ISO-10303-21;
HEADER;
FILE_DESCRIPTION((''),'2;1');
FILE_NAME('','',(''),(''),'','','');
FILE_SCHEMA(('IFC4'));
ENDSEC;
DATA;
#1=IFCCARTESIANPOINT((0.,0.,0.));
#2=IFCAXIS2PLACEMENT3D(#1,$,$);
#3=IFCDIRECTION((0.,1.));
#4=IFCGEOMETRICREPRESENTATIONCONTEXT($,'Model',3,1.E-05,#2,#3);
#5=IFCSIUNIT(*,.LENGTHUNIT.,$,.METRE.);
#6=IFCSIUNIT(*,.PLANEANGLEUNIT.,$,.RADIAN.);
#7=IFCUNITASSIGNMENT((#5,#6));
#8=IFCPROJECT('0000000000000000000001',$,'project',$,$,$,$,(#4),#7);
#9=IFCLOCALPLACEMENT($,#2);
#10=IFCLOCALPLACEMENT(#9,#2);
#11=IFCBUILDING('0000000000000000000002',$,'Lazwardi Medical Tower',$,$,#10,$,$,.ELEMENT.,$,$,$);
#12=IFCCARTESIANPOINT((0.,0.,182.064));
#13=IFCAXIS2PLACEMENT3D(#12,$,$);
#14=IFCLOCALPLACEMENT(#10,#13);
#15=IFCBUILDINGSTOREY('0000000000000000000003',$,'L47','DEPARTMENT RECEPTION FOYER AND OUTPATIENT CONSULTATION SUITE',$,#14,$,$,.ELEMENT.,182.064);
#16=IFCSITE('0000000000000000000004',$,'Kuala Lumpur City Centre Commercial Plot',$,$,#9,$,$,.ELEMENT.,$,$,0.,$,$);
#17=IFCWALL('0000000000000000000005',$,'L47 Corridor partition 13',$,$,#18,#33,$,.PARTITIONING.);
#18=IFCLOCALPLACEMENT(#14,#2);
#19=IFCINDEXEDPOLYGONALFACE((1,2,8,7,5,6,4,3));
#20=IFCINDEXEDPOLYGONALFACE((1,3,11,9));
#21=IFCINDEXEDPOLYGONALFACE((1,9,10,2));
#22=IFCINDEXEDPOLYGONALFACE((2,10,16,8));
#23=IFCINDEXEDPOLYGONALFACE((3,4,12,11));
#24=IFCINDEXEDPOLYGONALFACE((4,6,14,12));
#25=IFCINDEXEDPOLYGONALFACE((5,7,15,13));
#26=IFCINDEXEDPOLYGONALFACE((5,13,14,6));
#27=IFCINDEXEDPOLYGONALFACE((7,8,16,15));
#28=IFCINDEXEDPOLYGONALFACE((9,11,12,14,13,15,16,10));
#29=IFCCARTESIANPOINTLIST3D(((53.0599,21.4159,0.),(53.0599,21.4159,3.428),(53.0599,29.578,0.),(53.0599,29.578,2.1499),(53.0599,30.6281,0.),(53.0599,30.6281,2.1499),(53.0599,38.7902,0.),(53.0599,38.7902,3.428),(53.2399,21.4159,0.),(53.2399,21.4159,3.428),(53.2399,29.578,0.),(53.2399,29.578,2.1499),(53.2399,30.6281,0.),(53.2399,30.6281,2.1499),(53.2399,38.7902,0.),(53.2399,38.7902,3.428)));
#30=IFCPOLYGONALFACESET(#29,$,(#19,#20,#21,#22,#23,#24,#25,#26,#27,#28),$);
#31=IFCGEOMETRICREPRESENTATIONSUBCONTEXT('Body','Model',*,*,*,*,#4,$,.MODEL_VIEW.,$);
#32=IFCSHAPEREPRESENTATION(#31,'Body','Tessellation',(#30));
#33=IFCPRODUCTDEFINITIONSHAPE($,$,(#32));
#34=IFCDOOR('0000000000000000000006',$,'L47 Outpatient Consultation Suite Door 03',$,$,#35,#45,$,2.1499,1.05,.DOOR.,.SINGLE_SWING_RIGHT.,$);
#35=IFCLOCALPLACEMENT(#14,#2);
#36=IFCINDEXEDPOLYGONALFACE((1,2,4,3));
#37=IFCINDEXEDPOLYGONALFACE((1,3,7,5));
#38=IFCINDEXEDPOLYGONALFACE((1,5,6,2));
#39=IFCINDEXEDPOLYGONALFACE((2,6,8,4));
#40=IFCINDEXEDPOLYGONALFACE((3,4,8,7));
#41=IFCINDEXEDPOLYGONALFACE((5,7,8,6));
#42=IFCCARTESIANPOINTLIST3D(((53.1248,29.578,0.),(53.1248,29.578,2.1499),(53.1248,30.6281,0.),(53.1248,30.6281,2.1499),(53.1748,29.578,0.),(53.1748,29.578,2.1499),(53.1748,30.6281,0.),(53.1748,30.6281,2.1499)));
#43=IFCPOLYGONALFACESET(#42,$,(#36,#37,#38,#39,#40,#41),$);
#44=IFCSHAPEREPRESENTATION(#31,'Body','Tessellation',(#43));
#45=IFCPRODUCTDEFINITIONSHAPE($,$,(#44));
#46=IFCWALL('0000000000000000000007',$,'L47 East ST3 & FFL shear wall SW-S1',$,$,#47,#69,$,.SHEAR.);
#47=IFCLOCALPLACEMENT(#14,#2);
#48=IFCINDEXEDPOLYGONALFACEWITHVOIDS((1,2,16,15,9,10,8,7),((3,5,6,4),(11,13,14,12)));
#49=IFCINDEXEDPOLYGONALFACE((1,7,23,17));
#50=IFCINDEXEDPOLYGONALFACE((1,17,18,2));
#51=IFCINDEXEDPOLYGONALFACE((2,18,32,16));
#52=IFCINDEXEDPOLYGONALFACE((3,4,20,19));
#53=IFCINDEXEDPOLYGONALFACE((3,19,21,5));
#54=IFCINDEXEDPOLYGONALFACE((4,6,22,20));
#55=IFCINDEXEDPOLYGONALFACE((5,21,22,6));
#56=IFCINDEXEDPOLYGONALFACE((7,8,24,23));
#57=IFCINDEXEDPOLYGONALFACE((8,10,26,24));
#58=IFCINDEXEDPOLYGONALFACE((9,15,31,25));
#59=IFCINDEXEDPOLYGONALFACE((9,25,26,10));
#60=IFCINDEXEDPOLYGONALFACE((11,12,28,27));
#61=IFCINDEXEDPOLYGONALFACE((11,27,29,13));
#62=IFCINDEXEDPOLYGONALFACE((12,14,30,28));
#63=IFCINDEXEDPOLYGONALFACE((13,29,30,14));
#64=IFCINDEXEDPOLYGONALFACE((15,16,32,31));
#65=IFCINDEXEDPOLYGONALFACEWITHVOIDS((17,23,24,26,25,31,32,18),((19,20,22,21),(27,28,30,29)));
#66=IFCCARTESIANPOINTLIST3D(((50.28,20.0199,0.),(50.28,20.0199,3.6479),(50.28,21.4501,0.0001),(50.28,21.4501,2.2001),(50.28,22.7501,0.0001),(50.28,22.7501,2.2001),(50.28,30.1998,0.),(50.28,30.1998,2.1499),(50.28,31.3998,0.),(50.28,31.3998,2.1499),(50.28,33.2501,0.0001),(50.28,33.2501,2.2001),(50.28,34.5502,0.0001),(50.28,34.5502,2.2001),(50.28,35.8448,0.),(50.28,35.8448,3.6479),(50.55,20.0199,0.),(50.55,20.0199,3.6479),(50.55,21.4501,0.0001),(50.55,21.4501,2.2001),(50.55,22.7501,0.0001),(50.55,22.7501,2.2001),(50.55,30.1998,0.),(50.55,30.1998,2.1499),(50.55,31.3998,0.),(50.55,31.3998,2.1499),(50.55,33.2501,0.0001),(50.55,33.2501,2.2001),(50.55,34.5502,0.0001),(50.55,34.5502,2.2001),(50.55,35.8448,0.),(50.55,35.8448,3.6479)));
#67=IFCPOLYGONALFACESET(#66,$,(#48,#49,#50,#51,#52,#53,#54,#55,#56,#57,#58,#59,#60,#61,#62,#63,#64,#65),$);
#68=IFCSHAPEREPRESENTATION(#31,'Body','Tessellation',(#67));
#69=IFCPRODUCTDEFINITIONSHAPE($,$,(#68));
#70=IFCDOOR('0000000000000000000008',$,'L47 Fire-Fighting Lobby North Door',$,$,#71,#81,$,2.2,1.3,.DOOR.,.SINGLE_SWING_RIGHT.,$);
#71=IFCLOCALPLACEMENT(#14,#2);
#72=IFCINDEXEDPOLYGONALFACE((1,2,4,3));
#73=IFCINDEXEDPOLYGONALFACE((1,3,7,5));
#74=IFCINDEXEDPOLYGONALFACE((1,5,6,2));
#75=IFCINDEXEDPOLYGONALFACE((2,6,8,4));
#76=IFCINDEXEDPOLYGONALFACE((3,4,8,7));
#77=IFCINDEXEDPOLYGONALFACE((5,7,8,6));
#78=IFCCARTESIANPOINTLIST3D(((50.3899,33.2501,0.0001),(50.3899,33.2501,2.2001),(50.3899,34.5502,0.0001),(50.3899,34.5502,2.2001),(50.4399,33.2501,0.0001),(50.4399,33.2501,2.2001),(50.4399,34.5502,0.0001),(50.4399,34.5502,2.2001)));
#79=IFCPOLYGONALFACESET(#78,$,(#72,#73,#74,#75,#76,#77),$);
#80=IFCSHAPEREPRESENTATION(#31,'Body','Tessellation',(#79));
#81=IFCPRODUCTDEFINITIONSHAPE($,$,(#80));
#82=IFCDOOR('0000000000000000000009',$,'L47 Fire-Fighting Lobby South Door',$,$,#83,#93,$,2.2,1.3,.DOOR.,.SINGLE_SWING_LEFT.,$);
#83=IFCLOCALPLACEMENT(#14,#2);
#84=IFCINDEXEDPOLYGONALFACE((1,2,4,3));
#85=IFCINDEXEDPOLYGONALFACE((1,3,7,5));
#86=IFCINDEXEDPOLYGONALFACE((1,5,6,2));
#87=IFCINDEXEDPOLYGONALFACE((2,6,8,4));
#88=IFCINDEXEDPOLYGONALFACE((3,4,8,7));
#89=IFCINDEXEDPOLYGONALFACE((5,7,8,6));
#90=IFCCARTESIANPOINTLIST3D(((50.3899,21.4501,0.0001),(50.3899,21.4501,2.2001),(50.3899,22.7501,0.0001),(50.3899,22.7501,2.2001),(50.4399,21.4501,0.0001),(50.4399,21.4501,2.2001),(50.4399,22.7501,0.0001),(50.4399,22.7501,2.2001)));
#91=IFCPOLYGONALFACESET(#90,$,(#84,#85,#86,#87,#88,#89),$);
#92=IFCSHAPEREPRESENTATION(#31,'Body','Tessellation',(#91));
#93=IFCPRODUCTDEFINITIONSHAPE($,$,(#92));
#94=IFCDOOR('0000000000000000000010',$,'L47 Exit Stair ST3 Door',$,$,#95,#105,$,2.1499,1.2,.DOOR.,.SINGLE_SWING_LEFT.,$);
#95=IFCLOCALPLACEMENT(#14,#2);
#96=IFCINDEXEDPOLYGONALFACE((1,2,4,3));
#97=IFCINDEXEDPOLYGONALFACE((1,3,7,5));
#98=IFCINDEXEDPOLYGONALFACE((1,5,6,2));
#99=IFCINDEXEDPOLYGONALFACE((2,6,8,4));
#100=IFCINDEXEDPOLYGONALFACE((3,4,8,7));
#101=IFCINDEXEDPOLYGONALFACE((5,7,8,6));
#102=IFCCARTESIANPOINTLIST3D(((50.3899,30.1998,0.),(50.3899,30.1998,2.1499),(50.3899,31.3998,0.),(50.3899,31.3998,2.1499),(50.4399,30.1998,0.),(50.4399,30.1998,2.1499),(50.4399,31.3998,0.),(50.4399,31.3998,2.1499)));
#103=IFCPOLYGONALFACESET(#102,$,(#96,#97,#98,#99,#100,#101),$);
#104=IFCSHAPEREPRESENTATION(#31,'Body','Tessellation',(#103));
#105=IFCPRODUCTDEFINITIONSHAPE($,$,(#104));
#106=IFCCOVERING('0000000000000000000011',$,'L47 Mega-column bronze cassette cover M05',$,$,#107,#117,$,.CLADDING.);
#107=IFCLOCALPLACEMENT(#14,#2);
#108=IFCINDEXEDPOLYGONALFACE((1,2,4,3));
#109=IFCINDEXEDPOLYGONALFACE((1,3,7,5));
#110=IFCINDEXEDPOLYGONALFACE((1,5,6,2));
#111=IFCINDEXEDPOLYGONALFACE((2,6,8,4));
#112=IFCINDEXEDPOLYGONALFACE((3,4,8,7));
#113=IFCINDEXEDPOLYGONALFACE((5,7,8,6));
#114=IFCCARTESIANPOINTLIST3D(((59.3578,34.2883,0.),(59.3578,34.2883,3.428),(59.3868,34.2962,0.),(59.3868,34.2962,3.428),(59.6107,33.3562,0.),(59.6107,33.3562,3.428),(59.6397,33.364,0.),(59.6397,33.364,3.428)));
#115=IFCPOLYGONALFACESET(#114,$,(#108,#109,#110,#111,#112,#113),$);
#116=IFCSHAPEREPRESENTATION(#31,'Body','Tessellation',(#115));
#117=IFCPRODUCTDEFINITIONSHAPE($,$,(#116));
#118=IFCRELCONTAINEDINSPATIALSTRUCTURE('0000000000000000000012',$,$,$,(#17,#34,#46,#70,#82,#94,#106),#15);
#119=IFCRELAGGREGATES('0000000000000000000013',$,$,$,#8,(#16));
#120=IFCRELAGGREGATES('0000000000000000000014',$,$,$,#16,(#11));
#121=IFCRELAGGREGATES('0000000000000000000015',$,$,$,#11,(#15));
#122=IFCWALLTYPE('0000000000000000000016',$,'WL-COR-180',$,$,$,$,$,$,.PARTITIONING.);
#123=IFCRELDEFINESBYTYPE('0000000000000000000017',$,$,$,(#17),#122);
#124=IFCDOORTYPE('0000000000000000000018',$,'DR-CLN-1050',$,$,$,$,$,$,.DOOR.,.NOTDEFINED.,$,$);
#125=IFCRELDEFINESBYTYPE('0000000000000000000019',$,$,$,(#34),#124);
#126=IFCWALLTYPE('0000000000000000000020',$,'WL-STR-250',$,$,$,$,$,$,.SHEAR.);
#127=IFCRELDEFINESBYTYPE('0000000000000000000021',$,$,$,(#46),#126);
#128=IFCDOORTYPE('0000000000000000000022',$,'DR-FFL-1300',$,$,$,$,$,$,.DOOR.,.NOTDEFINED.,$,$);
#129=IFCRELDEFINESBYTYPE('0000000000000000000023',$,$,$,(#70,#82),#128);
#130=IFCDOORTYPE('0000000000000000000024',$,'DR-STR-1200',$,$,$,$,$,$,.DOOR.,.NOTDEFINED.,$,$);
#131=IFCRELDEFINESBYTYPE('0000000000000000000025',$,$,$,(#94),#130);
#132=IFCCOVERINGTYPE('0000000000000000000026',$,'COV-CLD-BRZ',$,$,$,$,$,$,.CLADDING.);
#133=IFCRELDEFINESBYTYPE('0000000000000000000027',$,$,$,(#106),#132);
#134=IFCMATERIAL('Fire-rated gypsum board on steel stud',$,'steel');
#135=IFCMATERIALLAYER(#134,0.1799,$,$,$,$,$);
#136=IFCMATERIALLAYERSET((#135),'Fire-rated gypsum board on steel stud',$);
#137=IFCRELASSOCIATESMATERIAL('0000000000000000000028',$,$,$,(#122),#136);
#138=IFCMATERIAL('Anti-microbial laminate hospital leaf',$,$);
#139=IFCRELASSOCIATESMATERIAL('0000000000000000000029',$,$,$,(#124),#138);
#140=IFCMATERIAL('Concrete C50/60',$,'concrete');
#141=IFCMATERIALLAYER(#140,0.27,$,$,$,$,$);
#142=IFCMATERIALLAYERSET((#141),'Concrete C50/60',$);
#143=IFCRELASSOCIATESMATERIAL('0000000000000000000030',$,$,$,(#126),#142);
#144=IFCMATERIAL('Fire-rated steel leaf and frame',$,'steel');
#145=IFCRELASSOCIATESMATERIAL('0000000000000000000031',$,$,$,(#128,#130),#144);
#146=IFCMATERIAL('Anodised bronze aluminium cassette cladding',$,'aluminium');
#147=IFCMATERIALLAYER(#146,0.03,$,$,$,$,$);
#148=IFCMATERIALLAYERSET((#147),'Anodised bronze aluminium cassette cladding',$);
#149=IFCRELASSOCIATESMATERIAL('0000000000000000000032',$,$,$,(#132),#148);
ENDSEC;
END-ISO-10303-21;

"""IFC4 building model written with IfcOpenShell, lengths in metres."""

from ifc_helpers import new_model, si_unit, direction, frame, frame_2d, origin, origin_2d, place, context, subcontext, project, spatial, rectangle, extrude, material, layer, layer_set, type_object, element, fill, save


model = new_model("IFC4")

# Units and contexts
model_context = context("Model", 3, precision=1e-05, world=origin(), true_north=direction((0.0, 1.0)))
body_context = subcontext(model_context, "Body", "Model", "MODEL_VIEW")
ifc_project = project(units=[si_unit("LENGTHUNIT", "METRE"), si_unit("PLANEANGLEUNIT", "RADIAN")], contexts=[model_context])

# Site, building, storey
site_placement = place(None, origin())
site = spatial("IfcSite", under=ifc_project, at=site_placement, Name="Kuala Lumpur City Centre Commercial Plot", CompositionType="ELEMENT", RefElevation=0.0)
building_placement = place(site_placement, origin())
building = spatial("IfcBuilding", under=site, at=building_placement, Name="Lazwardi Medical Tower", CompositionType="ELEMENT")
storey_placement = place(building_placement, frame((0.0, 0.0, 182.064)))
storey = spatial("IfcBuildingStorey", under=building, at=storey_placement, Name="L47", Description="DEPARTMENT RECEPTION FOYER AND OUTPATIENT CONSULTATION SUITE", CompositionType="ELEMENT", Elevation=182.064)

# Wall, opening, door
ifc_material_1 = material(Name="Fire-rated gypsum board on steel stud", Category="steel")
ifc_layer_1 = layer(ifc_material_1, 0.1799)
ifc_layer_set_1 = layer_set([ifc_layer_1], Name="Fire-rated gypsum board on steel stud")
wall_type_1 = type_object("IfcWallType", Name="WL-COR-180", PredefinedType="PARTITIONING", material=ifc_layer_set_1)
wall_1_placement = place(storey_placement, frame((53.1499, 38.79, 0.0), z_axis=(0.0, 0.0, 1.0), x_axis=(0.0, -1.0, 0.0)))
wall_1 = element("IfcWall", 1, at=wall_1_placement, inside=storey, type_object=wall_type_1, Name="L47 Corridor partition 13", PredefinedType="PARTITIONING", context=body_context, shape_type="SweptSolid", body=[
    extrude(rectangle(XDim=17.3743, YDim=0.1799, at=frame_2d((8.687, 0.0))), origin(), (0.0, 0.0, 1.0), 3.428),
])
opening_1_placement = place(wall_1_placement, frame((8.1621, 0.0, 0.0)))
opening_1 = element("IfcOpeningElement", 2, at=opening_1_placement, cuts=wall_1, PredefinedType="OPENING", context=body_context, shape_type="SweptSolid", body=[
    extrude(rectangle(XDim=1.05, YDim=2.1499, at=frame_2d((0.5249, 1.075))), frame((0.0, 0.0999, 0.0), z_axis=(0.0, -1.0, 0.0), x_axis=(1.0, 0.0, 0.0)), (0.0, 0.0, 1.0), 0.2),
])
ifc_material_2 = material(Name="Anti-microbial laminate hospital leaf")
door_type_1 = type_object("IfcDoorType", Name="DR-CLN-1050", OperationType="NOTDEFINED", PredefinedType="DOOR", material=ifc_material_2)
door_1_placement = place(opening_1_placement, origin())
door_1 = element("IfcDoor", 3, at=door_1_placement, inside=storey, type_object=door_type_1, Name="L47 Outpatient Consultation Suite Door 03", OperationType="SINGLE_SWING_RIGHT", OverallHeight=2.1499, OverallWidth=1.05, PredefinedType="DOOR", context=body_context, shape_type="SweptSolid", body=[
    extrude(rectangle(XDim=1.05, YDim=2.1499, at=frame_2d((0.5249, 1.075))), frame((0.0, 0.0249, 0.0), z_axis=(0.0, -1.0, 0.0), x_axis=(1.0, 0.0, 0.0)), (0.0, 0.0, 1.0), 0.05),
])
fill(opening_1, door_1)

# Wall, openings, doors
ifc_material_3 = material(Name="Concrete C50/60", Category="concrete")
ifc_layer_2 = layer(ifc_material_3, 0.27)
ifc_layer_set_2 = layer_set([ifc_layer_2], Name="Concrete C50/60")
wall_type_2 = type_object("IfcWallType", Name="WL-STR-250", PredefinedType="SHEAR", material=ifc_layer_set_2)
wall_2_placement = place(storey_placement, frame((50.415, 35.845, 0.0), z_axis=(0.0, 0.0, 1.0), x_axis=(0.0, -1.0, 0.0)))
wall_2 = element("IfcWall", 4, at=wall_2_placement, inside=storey, type_object=wall_type_2, Name="L47 East ST3 & FFL shear wall SW-S1", PredefinedType="SHEAR", context=body_context, shape_type="SweptSolid", body=[
    extrude(rectangle(XDim=15.825, YDim=0.27, at=frame_2d((7.9126, 0.0))), origin(), (0.0, 0.0, 1.0), 3.6479),
])
opening_2_placement = place(wall_2_placement, frame((4.4451, 0.0, 0.0)))
opening_2 = element("IfcOpeningElement", 5, at=opening_2_placement, cuts=wall_2, PredefinedType="OPENING", context=body_context, shape_type="SweptSolid", body=[
    extrude(rectangle(XDim=1.2, YDim=2.1499, at=frame_2d((0.6001, 1.075))), frame((0.0, 0.145, 0.0), z_axis=(0.0, -1.0, 0.0), x_axis=(1.0, 0.0, 0.0)), (0.0, 0.0, 1.0), 0.29),
])
opening_3_placement = place(wall_2_placement, frame((1.2949, 0.0, 0.0)))
opening_3 = element("IfcOpeningElement", 6, at=opening_3_placement, cuts=wall_2, PredefinedType="OPENING", context=body_context, shape_type="SweptSolid", body=[
    extrude(rectangle(XDim=1.3, YDim=2.2, at=frame_2d((0.6499, 1.1001))), frame((0.0, 0.145, 0.0), z_axis=(0.0, -1.0, 0.0), x_axis=(1.0, 0.0, 0.0)), (0.0, 0.0, 1.0), 0.29),
])
opening_4_placement = place(wall_2_placement, frame((13.095, 0.0, 0.0)))
opening_4 = element("IfcOpeningElement", 7, at=opening_4_placement, cuts=wall_2, PredefinedType="OPENING", context=body_context, shape_type="SweptSolid", body=[
    extrude(rectangle(XDim=1.3, YDim=2.2, at=frame_2d((0.6499, 1.1001))), frame((0.0, 0.145, 0.0), z_axis=(0.0, -1.0, 0.0), x_axis=(1.0, 0.0, 0.0)), (0.0, 0.0, 1.0), 0.29),
])
ifc_material_4 = material(Name="Fire-rated steel leaf and frame", Category="steel")
door_type_2 = type_object("IfcDoorType", Name="DR-FFL-1300", OperationType="NOTDEFINED", PredefinedType="DOOR", material=ifc_material_4)
door_2_placement = place(opening_3_placement, origin())
door_2 = element("IfcDoor", 8, at=door_2_placement, inside=storey, type_object=door_type_2, Name="L47 Fire-Fighting Lobby North Door", OperationType="SINGLE_SWING_RIGHT", OverallHeight=2.2, OverallWidth=1.3, PredefinedType="DOOR", context=body_context, shape_type="SweptSolid", body=[
    extrude(rectangle(XDim=1.3, YDim=2.2, at=frame_2d((0.6499, 1.1001))), frame((0.0, 0.0249, 0.0), z_axis=(0.0, -1.0, 0.0), x_axis=(1.0, 0.0, 0.0)), (0.0, 0.0, 1.0), 0.05),
])
fill(opening_3, door_2)
door_3_placement = place(opening_4_placement, origin())
door_3 = element("IfcDoor", 9, at=door_3_placement, inside=storey, type_object=door_type_2, Name="L47 Fire-Fighting Lobby South Door", OperationType="SINGLE_SWING_LEFT", OverallHeight=2.2, OverallWidth=1.3, PredefinedType="DOOR", context=body_context, shape_type="SweptSolid", body=[
    extrude(rectangle(XDim=1.3, YDim=2.2, at=frame_2d((0.6499, 1.1001))), frame((0.0, 0.0249, 0.0), z_axis=(0.0, -1.0, 0.0), x_axis=(1.0, 0.0, 0.0)), (0.0, 0.0, 1.0), 0.05),
])
fill(opening_4, door_3)
door_type_3 = type_object("IfcDoorType", Name="DR-STR-1200", OperationType="NOTDEFINED", PredefinedType="DOOR", material=ifc_material_4)
door_4_placement = place(opening_2_placement, origin())
door_4 = element("IfcDoor", 10, at=door_4_placement, inside=storey, type_object=door_type_3, Name="L47 Exit Stair ST3 Door", OperationType="SINGLE_SWING_LEFT", OverallHeight=2.1499, OverallWidth=1.2, PredefinedType="DOOR", context=body_context, shape_type="SweptSolid", body=[
    extrude(rectangle(XDim=1.2, YDim=2.1499, at=frame_2d((0.6001, 1.075))), frame((0.0, 0.0249, 0.0), z_axis=(0.0, -1.0, 0.0), x_axis=(1.0, 0.0, 0.0)), (0.0, 0.0, 1.0), 0.05),
])
fill(opening_2, door_4)

# Covering
ifc_material_5 = material(Name="Anodised bronze aluminium cassette cladding", Category="aluminium")
ifc_layer_3 = layer(ifc_material_5, 0.03)
ifc_layer_set_3 = layer_set([ifc_layer_3], Name="Anodised bronze aluminium cassette cladding")
covering_type = type_object("IfcCoveringType", Name="COV-CLD-BRZ", PredefinedType="CLADDING", material=ifc_layer_set_3)
covering_placement = place(storey_placement, frame((59.4988, 33.8262, 0.0), z_axis=(0.0, 0.0, 1.0), x_axis=(-0.261829, 0.965114, 0.0)))
element("IfcCovering", 11, at=covering_placement, inside=storey, type_object=covering_type, Name="L47 Mega-column bronze cassette cover M05", PredefinedType="CLADDING", context=body_context, shape_type="SweptSolid", body=[
    extrude(rectangle(XDim=0.9658, YDim=0.03, at=origin_2d()), origin(), (0.0, 0.0, 1.0), 3.428),
])

save(model, "model.ifc")
